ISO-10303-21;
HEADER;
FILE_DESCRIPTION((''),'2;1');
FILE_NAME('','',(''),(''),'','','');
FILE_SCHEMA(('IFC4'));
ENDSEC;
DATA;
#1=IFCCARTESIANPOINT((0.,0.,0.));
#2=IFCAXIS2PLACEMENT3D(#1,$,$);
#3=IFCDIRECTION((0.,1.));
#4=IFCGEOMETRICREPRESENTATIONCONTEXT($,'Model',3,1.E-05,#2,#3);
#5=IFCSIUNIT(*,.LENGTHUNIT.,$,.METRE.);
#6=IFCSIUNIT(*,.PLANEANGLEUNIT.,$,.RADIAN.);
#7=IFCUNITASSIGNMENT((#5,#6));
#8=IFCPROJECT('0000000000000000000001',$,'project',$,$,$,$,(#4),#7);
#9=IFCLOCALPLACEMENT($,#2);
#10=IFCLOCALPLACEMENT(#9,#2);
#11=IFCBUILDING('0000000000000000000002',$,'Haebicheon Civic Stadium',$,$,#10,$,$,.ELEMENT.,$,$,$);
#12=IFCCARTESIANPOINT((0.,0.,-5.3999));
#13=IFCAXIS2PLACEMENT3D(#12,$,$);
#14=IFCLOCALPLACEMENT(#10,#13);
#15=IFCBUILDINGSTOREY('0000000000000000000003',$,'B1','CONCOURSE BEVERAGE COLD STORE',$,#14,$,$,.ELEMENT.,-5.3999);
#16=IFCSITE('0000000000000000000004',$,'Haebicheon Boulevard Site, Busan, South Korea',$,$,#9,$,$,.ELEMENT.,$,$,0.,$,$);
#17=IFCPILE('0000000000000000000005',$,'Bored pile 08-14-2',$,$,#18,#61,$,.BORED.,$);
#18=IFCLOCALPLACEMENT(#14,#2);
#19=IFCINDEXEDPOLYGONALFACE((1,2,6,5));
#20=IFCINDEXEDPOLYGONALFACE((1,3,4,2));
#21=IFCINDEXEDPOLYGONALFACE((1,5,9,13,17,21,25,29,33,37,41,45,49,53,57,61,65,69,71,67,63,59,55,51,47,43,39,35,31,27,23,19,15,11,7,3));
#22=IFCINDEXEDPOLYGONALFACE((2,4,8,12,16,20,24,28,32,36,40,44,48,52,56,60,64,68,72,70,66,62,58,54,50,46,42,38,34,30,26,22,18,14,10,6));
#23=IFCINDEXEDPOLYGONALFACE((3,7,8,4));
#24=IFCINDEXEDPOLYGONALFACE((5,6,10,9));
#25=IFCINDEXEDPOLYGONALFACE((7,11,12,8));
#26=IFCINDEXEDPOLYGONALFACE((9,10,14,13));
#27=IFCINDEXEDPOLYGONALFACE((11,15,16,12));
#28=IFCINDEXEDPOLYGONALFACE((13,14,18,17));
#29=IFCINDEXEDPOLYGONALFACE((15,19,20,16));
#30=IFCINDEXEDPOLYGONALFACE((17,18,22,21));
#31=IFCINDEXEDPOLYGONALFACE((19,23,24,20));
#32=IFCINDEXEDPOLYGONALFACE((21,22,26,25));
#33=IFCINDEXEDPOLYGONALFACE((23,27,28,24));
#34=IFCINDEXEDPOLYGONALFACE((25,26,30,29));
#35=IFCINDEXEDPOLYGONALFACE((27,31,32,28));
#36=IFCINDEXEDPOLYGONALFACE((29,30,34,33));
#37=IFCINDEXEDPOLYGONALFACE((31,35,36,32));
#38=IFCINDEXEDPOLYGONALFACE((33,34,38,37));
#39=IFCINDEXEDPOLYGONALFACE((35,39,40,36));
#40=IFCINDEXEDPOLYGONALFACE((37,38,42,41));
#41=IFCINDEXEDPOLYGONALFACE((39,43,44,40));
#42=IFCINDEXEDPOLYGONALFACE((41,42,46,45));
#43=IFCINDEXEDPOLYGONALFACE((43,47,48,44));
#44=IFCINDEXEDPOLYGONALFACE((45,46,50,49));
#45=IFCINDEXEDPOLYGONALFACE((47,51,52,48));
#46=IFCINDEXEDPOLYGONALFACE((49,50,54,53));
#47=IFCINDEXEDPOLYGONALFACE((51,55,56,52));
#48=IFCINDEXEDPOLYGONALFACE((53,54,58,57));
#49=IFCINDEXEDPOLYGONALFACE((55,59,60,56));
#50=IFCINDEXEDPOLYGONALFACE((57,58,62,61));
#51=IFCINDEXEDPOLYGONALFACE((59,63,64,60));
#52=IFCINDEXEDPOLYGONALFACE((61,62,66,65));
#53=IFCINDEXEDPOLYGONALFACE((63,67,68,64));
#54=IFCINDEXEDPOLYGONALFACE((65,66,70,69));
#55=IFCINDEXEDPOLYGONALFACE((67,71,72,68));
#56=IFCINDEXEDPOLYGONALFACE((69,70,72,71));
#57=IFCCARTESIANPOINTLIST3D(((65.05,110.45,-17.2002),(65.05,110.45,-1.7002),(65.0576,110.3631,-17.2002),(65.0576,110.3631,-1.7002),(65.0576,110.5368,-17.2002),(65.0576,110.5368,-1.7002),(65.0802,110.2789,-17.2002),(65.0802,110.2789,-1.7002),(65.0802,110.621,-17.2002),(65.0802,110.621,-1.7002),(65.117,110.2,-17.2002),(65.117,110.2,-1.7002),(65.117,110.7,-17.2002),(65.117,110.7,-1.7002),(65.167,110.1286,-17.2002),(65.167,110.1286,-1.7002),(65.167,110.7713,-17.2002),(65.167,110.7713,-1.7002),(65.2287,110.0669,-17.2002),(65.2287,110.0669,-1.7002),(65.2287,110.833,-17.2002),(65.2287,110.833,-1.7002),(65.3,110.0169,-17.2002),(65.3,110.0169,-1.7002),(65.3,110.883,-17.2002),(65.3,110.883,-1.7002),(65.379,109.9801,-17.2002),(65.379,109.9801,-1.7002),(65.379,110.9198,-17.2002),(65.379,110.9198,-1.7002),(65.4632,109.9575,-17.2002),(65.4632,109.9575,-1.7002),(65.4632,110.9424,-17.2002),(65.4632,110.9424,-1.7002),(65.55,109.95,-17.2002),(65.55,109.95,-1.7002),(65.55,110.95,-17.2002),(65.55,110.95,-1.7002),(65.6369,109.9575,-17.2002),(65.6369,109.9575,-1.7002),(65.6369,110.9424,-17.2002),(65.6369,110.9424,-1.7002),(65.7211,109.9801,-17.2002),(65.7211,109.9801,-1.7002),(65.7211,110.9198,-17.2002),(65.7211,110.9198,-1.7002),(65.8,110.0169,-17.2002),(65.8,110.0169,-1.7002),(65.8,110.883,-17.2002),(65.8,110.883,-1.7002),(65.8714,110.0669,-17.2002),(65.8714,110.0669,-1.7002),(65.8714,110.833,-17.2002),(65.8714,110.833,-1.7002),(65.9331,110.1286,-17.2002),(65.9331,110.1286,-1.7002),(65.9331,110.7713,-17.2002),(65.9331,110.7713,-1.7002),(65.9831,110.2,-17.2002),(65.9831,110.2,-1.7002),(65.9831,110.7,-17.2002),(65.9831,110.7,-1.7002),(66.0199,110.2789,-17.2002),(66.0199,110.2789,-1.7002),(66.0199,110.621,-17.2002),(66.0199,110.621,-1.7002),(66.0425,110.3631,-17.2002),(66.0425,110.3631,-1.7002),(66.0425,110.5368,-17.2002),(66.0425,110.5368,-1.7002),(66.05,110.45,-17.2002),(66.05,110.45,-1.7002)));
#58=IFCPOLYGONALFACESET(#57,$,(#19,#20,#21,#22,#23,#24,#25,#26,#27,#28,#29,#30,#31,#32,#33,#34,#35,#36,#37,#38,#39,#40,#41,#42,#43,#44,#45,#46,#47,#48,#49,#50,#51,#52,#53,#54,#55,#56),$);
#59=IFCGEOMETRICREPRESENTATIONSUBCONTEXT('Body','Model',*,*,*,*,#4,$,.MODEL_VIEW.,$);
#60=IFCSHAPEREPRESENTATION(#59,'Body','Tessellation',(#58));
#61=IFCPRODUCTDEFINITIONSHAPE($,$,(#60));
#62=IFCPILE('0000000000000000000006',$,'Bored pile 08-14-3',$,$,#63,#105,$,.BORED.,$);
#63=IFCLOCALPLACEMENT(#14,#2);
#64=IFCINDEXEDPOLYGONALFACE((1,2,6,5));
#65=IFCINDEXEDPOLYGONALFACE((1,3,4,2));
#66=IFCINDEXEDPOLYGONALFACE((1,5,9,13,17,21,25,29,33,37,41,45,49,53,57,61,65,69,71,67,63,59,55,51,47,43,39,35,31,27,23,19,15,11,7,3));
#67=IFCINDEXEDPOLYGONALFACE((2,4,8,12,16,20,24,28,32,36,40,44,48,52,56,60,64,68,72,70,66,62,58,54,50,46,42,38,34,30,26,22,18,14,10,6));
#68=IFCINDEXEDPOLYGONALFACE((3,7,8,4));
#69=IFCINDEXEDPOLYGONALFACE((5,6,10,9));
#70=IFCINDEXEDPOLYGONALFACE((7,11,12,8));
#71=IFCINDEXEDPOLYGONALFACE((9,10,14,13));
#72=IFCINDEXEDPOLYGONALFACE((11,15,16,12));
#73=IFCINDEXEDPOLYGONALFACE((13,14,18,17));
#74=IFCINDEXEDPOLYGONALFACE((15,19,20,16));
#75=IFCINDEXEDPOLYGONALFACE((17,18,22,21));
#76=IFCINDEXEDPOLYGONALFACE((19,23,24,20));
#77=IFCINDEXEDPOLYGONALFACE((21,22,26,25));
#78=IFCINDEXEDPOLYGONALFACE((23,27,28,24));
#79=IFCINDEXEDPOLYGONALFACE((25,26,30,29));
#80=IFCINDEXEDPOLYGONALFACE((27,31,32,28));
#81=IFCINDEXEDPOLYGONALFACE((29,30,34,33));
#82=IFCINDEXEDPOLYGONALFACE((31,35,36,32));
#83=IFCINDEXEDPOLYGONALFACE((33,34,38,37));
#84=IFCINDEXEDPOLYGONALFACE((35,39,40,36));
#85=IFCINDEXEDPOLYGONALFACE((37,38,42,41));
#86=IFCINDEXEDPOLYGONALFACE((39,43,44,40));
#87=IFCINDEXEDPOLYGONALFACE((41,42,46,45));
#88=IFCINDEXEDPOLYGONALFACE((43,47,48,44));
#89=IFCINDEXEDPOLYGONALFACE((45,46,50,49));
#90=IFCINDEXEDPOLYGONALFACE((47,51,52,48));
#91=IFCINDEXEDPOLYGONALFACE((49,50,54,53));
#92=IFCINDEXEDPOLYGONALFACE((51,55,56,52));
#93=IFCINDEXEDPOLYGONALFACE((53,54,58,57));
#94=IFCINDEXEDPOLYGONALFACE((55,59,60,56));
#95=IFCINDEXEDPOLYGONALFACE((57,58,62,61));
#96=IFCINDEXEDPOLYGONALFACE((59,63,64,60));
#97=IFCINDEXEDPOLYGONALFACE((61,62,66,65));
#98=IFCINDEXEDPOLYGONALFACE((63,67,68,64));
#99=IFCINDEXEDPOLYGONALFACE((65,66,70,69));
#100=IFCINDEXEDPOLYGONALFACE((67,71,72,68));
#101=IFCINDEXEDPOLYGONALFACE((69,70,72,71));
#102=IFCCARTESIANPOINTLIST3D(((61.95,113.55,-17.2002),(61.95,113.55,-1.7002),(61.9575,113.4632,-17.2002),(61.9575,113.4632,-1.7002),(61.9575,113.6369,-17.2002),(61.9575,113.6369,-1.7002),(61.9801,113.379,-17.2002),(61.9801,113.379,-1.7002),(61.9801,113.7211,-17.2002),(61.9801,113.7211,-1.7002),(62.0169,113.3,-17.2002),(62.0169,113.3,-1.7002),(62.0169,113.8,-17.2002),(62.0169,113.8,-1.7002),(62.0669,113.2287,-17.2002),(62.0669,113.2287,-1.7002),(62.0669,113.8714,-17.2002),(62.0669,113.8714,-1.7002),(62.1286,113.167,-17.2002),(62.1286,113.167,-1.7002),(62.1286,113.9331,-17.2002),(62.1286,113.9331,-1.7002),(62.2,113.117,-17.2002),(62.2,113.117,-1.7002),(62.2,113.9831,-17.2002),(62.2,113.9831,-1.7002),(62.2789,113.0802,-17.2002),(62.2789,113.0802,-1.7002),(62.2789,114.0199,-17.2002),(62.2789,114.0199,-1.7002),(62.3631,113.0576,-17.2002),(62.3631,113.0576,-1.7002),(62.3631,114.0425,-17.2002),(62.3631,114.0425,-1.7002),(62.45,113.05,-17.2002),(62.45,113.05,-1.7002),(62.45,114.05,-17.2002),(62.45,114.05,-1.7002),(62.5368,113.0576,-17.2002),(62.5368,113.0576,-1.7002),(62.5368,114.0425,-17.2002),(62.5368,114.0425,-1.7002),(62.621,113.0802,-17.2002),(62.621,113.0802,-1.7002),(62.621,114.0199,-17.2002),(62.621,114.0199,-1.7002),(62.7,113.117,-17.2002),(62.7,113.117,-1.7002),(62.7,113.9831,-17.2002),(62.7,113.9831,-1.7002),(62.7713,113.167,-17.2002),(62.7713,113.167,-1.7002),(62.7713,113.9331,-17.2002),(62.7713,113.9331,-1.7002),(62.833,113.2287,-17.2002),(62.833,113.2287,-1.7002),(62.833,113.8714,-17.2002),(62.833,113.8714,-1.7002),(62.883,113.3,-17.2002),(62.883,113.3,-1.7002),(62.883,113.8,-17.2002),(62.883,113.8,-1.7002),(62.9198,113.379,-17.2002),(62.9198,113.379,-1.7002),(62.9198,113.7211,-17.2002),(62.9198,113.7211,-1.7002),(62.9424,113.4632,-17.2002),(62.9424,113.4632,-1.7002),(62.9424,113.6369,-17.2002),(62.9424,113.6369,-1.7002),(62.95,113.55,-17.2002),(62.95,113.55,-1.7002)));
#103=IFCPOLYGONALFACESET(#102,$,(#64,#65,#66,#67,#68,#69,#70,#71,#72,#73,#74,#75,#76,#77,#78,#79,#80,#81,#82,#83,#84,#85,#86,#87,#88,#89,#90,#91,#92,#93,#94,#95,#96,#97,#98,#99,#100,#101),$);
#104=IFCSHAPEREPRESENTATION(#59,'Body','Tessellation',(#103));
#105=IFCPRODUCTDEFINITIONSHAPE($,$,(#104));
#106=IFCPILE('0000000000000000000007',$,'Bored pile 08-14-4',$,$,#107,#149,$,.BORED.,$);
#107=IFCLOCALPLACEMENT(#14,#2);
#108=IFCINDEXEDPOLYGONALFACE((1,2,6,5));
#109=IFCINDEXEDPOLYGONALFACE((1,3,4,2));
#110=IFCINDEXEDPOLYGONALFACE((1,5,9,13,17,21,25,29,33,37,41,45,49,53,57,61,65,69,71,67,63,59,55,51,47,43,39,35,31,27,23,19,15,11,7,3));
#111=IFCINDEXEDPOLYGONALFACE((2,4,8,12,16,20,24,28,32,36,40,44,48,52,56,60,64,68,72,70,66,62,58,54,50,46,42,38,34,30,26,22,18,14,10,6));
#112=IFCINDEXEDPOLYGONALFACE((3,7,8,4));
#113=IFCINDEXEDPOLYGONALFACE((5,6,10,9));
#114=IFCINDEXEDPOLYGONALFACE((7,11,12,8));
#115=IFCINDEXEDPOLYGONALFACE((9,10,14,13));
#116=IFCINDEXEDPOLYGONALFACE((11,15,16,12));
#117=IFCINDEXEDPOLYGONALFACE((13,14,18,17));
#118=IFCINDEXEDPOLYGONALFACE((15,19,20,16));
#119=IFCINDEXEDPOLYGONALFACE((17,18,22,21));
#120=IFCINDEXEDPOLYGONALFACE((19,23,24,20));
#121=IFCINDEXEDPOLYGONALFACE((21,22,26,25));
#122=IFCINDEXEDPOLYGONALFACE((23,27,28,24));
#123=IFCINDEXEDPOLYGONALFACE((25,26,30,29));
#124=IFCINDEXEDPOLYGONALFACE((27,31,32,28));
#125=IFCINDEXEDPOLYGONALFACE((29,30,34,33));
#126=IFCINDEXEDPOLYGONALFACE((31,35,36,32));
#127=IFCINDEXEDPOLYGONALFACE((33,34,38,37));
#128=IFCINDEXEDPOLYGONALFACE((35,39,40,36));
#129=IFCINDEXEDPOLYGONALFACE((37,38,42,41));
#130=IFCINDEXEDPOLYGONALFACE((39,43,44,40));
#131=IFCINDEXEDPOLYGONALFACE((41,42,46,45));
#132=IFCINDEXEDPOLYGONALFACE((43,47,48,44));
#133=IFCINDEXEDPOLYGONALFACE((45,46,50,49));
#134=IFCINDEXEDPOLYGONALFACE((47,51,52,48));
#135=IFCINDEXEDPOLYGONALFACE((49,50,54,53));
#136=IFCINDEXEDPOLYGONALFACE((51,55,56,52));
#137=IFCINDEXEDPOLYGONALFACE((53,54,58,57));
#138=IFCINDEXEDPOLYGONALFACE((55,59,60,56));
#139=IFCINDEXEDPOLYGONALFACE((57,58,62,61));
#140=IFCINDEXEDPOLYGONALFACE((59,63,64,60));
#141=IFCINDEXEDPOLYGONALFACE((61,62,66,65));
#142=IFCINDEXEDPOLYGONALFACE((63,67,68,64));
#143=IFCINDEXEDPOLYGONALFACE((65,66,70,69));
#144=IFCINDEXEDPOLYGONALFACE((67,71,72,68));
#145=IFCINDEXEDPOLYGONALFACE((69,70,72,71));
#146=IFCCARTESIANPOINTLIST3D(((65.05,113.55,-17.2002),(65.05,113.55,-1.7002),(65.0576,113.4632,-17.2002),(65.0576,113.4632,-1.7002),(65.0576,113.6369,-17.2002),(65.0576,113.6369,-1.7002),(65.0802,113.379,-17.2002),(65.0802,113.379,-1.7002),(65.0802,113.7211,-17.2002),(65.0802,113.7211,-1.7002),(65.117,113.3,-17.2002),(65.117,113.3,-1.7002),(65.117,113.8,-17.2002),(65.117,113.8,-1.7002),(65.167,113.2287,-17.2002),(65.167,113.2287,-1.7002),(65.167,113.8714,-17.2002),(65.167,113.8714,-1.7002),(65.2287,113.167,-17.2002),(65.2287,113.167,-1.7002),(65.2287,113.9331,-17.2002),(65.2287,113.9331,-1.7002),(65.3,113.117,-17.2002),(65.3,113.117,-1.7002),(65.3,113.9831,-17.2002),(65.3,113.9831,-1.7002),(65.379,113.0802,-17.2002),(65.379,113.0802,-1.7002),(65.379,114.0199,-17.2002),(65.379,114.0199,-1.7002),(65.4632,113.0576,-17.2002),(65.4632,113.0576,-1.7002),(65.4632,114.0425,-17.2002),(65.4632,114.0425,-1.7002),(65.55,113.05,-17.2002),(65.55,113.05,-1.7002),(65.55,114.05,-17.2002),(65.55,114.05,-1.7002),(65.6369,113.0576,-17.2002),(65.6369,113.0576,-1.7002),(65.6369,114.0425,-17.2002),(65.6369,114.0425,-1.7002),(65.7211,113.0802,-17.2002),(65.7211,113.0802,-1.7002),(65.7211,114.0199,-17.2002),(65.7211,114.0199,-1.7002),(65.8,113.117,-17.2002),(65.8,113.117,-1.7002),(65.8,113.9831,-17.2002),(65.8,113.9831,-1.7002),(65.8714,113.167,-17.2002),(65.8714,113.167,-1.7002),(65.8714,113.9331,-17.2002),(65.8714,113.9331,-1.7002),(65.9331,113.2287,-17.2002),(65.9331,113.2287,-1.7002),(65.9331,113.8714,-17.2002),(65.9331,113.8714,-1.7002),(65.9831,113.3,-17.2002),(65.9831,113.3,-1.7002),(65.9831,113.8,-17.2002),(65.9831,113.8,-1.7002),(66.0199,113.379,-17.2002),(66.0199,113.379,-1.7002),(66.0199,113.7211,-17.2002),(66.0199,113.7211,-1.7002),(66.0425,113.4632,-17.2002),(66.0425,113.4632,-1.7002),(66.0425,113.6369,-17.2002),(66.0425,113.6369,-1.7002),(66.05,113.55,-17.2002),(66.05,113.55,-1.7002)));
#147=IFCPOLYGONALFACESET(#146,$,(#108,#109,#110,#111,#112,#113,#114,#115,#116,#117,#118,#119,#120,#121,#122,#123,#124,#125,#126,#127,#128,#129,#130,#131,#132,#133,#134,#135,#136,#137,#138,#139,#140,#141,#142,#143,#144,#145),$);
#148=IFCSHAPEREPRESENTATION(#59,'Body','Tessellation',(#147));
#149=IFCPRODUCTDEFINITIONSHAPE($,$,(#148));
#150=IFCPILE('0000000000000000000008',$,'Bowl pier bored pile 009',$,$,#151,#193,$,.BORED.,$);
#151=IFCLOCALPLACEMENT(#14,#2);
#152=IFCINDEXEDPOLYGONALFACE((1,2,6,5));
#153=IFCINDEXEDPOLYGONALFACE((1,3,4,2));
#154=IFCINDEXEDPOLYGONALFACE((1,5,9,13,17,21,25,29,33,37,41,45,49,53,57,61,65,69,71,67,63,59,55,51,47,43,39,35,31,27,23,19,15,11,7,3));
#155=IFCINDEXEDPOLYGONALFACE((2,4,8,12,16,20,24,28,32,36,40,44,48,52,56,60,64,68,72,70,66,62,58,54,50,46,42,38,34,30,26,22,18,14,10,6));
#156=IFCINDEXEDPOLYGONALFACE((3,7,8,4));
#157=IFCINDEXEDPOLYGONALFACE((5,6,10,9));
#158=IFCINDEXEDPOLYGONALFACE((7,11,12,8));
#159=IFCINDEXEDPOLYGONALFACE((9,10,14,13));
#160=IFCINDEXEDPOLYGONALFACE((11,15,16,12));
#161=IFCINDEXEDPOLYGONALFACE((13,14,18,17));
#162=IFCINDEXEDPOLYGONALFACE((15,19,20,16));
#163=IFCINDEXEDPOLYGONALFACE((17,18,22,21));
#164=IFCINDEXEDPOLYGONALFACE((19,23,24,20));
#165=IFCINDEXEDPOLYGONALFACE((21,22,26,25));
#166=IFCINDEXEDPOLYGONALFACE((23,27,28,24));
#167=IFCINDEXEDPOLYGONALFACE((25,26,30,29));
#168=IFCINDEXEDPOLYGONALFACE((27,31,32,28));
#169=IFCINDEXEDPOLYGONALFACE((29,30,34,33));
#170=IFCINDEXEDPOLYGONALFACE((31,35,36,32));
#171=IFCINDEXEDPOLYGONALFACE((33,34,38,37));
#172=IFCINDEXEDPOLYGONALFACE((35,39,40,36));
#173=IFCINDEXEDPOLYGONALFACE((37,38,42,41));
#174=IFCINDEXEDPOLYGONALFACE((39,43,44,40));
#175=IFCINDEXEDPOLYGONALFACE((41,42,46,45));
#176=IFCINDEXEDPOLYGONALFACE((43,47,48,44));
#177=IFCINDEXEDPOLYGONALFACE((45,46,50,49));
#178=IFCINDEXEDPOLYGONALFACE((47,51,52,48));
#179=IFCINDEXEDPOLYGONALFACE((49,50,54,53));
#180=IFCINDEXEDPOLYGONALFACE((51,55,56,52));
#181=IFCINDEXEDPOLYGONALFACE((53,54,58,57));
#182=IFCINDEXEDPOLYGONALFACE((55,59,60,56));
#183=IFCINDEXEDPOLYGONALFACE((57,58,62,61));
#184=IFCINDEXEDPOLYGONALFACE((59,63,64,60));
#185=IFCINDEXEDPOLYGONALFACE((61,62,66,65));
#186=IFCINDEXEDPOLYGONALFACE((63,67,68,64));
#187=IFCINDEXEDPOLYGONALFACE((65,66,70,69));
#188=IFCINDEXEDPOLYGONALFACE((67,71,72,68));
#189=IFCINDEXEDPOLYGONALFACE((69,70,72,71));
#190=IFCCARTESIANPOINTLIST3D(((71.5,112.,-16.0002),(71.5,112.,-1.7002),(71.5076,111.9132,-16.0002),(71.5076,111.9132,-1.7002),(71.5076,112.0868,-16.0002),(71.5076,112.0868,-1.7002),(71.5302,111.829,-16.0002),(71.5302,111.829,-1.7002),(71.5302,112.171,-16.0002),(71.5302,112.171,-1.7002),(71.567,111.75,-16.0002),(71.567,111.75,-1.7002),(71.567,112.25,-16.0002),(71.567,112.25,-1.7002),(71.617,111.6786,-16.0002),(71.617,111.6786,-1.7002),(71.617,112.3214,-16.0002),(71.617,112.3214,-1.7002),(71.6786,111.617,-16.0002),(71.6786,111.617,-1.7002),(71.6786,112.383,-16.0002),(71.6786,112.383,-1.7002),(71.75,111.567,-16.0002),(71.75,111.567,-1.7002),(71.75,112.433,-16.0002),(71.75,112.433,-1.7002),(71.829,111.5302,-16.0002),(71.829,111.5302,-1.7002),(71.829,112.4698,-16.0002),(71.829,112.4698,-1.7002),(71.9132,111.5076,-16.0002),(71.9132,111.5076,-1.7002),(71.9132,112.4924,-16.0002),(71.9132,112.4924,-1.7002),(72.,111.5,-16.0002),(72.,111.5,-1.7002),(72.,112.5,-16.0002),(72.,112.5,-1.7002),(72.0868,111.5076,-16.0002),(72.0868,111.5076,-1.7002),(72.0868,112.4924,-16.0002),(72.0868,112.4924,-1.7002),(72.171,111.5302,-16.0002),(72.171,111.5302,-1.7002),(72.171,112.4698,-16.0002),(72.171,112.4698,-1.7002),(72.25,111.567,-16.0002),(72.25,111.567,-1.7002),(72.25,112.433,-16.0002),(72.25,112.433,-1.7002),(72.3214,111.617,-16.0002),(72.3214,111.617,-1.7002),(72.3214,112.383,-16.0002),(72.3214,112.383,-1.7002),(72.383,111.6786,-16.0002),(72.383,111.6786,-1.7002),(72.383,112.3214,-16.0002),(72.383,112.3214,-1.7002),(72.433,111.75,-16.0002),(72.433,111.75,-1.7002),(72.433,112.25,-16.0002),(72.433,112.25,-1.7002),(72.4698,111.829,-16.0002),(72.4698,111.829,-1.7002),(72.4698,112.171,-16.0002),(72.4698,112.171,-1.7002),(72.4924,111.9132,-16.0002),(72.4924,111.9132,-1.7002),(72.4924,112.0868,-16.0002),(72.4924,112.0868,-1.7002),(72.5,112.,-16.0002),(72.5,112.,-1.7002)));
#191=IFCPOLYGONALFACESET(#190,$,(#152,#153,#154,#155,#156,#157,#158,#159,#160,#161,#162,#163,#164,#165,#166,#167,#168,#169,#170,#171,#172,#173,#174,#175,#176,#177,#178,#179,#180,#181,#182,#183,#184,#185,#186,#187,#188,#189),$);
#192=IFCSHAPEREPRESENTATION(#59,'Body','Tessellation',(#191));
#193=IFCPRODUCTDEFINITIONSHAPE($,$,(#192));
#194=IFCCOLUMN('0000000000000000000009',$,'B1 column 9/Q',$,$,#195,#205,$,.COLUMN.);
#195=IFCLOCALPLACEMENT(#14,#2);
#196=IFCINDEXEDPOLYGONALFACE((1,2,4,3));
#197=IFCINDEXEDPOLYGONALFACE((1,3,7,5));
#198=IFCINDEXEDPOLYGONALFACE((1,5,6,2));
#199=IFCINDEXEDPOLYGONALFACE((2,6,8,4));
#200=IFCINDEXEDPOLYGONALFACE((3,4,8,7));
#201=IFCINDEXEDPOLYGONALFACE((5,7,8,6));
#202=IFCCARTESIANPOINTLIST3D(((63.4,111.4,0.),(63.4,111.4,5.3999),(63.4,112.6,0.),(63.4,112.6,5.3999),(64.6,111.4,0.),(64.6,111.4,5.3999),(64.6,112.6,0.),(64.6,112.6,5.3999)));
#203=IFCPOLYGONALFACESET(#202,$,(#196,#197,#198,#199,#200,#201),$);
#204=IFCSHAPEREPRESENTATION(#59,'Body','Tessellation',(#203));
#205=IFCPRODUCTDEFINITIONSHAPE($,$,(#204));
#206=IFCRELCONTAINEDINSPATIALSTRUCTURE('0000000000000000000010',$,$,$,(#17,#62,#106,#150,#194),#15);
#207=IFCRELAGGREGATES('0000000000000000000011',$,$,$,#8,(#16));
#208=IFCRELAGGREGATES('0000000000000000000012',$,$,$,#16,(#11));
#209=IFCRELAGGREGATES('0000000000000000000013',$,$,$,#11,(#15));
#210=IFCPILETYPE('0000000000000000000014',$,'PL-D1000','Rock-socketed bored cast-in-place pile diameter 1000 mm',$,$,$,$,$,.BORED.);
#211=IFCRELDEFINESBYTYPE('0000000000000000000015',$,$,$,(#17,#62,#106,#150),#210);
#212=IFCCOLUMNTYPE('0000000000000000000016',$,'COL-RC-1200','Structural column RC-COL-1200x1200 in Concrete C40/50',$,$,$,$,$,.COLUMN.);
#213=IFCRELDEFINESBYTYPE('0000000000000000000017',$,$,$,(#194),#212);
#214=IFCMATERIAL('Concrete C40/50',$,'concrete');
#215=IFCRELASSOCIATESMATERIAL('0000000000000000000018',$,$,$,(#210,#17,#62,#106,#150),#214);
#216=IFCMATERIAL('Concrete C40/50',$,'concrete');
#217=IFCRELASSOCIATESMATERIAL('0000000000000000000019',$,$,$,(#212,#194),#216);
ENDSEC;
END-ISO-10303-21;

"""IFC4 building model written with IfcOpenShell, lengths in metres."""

from ifc_helpers import new_model, si_unit, direction, frame, origin, origin_2d, place, context, subcontext, project, spatial, rectangle, circle, extrude, material, material_profile, profile_set, type_object, element, save


model = new_model("IFC4")

# Units and contexts
model_context = context("Model", 3, precision=1e-05, world=origin(), true_north=direction((0.0, 1.0)))
body_context = subcontext(model_context, "Body", "Model", "MODEL_VIEW")
ifc_project = project(units=[si_unit("LENGTHUNIT", "METRE"), si_unit("PLANEANGLEUNIT", "RADIAN")], contexts=[model_context])

# Site, building, storey
site_placement = place(None, origin())
site = spatial("IfcSite", under=ifc_project, at=site_placement, Name="Haebicheon Boulevard Site, Busan, South Korea", CompositionType="ELEMENT", RefElevation=0.0)
building_placement = place(site_placement, origin())
building = spatial("IfcBuilding", under=site, at=building_placement, Name="Haebicheon Civic Stadium", CompositionType="ELEMENT")
storey_placement = place(building_placement, frame((0.0, 0.0, -5.3999)))
storey = spatial("IfcBuildingStorey", under=building, at=storey_placement, Name="B1", Description="CONCOURSE BEVERAGE COLD STORE", CompositionType="ELEMENT", Elevation=-5.3999)

# Piles
ifc_material_1 = material(Name="Concrete C40/50", Category="concrete")
ifc_material_profile_1 = material_profile(ifc_material_1, circle(Radius=0.5, at=origin_2d()), Name="PILE-D1000")
ifc_profile_set_1 = profile_set([ifc_material_profile_1], Name="Concrete C40/50")
pile_type = type_object("IfcPileType", Name="PL-D1000", Description="Rock-socketed bored cast-in-place pile diameter 1000 mm", PredefinedType="BORED", material=ifc_profile_set_1)
for number, where, z_axis, x_axis, name in (
    (1, (65.55, 110.45, -1.7002), (0.0, 0.0, -1.0), (1.0, 0.0, 0.0), "Bored pile 08-14-2"),
    (2, (62.45, 113.55, -1.7002), (0.0, 0.0, -1.0), (1.0, 0.0, 0.0), "Bored pile 08-14-3"),
    (3, (65.55, 113.55, -1.7002), (0.0, 0.0, -1.0), (1.0, 0.0, 0.0), "Bored pile 08-14-4"),
):
    element("IfcPile", number, at=place(storey_placement, frame(where, z_axis=z_axis, x_axis=x_axis)), inside=storey, type_object=pile_type, material=ifc_profile_set_1, Name=name, PredefinedType="BORED", context=body_context, shape_type="SweptSolid", body=[
        extrude(circle(Radius=0.5, at=origin_2d()), origin(), (0.0, 0.0, 1.0), 15.5),
    ])
pile_placement = place(storey_placement, frame((72.0, 112.0, -1.7002), z_axis=(0.0, 0.0, -1.0), x_axis=(1.0, 0.0, 0.0)))
element("IfcPile", 4, at=pile_placement, inside=storey, type_object=pile_type, material=ifc_profile_set_1, Name="Bowl pier bored pile 009", PredefinedType="BORED", context=body_context, shape_type="SweptSolid", body=[
    extrude(circle(Radius=0.5, at=origin_2d()), origin(), (0.0, 0.0, 1.0), 14.3),
])

# Column
ifc_material_2 = material(Name="Concrete C40/50", Category="concrete")
ifc_material_profile_2 = material_profile(ifc_material_2, rectangle(XDim=1.2, YDim=1.2, at=origin_2d()), Name="RC-COL-1200x1200")
ifc_profile_set_2 = profile_set([ifc_material_profile_2], Name="Concrete C40/50")
column_type_1 = type_object("IfcColumnType", Name="COL-RC-1200", Description="Structural column RC-COL-1200x1200 in Concrete C40/50", PredefinedType="COLUMN", material=ifc_profile_set_2)
column_1_placement = place(storey_placement, frame((64.0, 112.0, 0.0), z_axis=(0.0, 0.0, 1.0), x_axis=(1.0, 0.0, 0.0)))
element("IfcColumn", 5, at=column_1_placement, inside=storey, type_object=column_type_1, material=ifc_profile_set_2, Name="B1 column 9/Q", PredefinedType="COLUMN", context=body_context, shape_type="SweptSolid", body=[
    extrude(rectangle(XDim=1.2, YDim=1.2, at=origin_2d()), origin(), (0.0, 0.0, 1.0), 5.3999),
])

save(model, "model.ifc")
